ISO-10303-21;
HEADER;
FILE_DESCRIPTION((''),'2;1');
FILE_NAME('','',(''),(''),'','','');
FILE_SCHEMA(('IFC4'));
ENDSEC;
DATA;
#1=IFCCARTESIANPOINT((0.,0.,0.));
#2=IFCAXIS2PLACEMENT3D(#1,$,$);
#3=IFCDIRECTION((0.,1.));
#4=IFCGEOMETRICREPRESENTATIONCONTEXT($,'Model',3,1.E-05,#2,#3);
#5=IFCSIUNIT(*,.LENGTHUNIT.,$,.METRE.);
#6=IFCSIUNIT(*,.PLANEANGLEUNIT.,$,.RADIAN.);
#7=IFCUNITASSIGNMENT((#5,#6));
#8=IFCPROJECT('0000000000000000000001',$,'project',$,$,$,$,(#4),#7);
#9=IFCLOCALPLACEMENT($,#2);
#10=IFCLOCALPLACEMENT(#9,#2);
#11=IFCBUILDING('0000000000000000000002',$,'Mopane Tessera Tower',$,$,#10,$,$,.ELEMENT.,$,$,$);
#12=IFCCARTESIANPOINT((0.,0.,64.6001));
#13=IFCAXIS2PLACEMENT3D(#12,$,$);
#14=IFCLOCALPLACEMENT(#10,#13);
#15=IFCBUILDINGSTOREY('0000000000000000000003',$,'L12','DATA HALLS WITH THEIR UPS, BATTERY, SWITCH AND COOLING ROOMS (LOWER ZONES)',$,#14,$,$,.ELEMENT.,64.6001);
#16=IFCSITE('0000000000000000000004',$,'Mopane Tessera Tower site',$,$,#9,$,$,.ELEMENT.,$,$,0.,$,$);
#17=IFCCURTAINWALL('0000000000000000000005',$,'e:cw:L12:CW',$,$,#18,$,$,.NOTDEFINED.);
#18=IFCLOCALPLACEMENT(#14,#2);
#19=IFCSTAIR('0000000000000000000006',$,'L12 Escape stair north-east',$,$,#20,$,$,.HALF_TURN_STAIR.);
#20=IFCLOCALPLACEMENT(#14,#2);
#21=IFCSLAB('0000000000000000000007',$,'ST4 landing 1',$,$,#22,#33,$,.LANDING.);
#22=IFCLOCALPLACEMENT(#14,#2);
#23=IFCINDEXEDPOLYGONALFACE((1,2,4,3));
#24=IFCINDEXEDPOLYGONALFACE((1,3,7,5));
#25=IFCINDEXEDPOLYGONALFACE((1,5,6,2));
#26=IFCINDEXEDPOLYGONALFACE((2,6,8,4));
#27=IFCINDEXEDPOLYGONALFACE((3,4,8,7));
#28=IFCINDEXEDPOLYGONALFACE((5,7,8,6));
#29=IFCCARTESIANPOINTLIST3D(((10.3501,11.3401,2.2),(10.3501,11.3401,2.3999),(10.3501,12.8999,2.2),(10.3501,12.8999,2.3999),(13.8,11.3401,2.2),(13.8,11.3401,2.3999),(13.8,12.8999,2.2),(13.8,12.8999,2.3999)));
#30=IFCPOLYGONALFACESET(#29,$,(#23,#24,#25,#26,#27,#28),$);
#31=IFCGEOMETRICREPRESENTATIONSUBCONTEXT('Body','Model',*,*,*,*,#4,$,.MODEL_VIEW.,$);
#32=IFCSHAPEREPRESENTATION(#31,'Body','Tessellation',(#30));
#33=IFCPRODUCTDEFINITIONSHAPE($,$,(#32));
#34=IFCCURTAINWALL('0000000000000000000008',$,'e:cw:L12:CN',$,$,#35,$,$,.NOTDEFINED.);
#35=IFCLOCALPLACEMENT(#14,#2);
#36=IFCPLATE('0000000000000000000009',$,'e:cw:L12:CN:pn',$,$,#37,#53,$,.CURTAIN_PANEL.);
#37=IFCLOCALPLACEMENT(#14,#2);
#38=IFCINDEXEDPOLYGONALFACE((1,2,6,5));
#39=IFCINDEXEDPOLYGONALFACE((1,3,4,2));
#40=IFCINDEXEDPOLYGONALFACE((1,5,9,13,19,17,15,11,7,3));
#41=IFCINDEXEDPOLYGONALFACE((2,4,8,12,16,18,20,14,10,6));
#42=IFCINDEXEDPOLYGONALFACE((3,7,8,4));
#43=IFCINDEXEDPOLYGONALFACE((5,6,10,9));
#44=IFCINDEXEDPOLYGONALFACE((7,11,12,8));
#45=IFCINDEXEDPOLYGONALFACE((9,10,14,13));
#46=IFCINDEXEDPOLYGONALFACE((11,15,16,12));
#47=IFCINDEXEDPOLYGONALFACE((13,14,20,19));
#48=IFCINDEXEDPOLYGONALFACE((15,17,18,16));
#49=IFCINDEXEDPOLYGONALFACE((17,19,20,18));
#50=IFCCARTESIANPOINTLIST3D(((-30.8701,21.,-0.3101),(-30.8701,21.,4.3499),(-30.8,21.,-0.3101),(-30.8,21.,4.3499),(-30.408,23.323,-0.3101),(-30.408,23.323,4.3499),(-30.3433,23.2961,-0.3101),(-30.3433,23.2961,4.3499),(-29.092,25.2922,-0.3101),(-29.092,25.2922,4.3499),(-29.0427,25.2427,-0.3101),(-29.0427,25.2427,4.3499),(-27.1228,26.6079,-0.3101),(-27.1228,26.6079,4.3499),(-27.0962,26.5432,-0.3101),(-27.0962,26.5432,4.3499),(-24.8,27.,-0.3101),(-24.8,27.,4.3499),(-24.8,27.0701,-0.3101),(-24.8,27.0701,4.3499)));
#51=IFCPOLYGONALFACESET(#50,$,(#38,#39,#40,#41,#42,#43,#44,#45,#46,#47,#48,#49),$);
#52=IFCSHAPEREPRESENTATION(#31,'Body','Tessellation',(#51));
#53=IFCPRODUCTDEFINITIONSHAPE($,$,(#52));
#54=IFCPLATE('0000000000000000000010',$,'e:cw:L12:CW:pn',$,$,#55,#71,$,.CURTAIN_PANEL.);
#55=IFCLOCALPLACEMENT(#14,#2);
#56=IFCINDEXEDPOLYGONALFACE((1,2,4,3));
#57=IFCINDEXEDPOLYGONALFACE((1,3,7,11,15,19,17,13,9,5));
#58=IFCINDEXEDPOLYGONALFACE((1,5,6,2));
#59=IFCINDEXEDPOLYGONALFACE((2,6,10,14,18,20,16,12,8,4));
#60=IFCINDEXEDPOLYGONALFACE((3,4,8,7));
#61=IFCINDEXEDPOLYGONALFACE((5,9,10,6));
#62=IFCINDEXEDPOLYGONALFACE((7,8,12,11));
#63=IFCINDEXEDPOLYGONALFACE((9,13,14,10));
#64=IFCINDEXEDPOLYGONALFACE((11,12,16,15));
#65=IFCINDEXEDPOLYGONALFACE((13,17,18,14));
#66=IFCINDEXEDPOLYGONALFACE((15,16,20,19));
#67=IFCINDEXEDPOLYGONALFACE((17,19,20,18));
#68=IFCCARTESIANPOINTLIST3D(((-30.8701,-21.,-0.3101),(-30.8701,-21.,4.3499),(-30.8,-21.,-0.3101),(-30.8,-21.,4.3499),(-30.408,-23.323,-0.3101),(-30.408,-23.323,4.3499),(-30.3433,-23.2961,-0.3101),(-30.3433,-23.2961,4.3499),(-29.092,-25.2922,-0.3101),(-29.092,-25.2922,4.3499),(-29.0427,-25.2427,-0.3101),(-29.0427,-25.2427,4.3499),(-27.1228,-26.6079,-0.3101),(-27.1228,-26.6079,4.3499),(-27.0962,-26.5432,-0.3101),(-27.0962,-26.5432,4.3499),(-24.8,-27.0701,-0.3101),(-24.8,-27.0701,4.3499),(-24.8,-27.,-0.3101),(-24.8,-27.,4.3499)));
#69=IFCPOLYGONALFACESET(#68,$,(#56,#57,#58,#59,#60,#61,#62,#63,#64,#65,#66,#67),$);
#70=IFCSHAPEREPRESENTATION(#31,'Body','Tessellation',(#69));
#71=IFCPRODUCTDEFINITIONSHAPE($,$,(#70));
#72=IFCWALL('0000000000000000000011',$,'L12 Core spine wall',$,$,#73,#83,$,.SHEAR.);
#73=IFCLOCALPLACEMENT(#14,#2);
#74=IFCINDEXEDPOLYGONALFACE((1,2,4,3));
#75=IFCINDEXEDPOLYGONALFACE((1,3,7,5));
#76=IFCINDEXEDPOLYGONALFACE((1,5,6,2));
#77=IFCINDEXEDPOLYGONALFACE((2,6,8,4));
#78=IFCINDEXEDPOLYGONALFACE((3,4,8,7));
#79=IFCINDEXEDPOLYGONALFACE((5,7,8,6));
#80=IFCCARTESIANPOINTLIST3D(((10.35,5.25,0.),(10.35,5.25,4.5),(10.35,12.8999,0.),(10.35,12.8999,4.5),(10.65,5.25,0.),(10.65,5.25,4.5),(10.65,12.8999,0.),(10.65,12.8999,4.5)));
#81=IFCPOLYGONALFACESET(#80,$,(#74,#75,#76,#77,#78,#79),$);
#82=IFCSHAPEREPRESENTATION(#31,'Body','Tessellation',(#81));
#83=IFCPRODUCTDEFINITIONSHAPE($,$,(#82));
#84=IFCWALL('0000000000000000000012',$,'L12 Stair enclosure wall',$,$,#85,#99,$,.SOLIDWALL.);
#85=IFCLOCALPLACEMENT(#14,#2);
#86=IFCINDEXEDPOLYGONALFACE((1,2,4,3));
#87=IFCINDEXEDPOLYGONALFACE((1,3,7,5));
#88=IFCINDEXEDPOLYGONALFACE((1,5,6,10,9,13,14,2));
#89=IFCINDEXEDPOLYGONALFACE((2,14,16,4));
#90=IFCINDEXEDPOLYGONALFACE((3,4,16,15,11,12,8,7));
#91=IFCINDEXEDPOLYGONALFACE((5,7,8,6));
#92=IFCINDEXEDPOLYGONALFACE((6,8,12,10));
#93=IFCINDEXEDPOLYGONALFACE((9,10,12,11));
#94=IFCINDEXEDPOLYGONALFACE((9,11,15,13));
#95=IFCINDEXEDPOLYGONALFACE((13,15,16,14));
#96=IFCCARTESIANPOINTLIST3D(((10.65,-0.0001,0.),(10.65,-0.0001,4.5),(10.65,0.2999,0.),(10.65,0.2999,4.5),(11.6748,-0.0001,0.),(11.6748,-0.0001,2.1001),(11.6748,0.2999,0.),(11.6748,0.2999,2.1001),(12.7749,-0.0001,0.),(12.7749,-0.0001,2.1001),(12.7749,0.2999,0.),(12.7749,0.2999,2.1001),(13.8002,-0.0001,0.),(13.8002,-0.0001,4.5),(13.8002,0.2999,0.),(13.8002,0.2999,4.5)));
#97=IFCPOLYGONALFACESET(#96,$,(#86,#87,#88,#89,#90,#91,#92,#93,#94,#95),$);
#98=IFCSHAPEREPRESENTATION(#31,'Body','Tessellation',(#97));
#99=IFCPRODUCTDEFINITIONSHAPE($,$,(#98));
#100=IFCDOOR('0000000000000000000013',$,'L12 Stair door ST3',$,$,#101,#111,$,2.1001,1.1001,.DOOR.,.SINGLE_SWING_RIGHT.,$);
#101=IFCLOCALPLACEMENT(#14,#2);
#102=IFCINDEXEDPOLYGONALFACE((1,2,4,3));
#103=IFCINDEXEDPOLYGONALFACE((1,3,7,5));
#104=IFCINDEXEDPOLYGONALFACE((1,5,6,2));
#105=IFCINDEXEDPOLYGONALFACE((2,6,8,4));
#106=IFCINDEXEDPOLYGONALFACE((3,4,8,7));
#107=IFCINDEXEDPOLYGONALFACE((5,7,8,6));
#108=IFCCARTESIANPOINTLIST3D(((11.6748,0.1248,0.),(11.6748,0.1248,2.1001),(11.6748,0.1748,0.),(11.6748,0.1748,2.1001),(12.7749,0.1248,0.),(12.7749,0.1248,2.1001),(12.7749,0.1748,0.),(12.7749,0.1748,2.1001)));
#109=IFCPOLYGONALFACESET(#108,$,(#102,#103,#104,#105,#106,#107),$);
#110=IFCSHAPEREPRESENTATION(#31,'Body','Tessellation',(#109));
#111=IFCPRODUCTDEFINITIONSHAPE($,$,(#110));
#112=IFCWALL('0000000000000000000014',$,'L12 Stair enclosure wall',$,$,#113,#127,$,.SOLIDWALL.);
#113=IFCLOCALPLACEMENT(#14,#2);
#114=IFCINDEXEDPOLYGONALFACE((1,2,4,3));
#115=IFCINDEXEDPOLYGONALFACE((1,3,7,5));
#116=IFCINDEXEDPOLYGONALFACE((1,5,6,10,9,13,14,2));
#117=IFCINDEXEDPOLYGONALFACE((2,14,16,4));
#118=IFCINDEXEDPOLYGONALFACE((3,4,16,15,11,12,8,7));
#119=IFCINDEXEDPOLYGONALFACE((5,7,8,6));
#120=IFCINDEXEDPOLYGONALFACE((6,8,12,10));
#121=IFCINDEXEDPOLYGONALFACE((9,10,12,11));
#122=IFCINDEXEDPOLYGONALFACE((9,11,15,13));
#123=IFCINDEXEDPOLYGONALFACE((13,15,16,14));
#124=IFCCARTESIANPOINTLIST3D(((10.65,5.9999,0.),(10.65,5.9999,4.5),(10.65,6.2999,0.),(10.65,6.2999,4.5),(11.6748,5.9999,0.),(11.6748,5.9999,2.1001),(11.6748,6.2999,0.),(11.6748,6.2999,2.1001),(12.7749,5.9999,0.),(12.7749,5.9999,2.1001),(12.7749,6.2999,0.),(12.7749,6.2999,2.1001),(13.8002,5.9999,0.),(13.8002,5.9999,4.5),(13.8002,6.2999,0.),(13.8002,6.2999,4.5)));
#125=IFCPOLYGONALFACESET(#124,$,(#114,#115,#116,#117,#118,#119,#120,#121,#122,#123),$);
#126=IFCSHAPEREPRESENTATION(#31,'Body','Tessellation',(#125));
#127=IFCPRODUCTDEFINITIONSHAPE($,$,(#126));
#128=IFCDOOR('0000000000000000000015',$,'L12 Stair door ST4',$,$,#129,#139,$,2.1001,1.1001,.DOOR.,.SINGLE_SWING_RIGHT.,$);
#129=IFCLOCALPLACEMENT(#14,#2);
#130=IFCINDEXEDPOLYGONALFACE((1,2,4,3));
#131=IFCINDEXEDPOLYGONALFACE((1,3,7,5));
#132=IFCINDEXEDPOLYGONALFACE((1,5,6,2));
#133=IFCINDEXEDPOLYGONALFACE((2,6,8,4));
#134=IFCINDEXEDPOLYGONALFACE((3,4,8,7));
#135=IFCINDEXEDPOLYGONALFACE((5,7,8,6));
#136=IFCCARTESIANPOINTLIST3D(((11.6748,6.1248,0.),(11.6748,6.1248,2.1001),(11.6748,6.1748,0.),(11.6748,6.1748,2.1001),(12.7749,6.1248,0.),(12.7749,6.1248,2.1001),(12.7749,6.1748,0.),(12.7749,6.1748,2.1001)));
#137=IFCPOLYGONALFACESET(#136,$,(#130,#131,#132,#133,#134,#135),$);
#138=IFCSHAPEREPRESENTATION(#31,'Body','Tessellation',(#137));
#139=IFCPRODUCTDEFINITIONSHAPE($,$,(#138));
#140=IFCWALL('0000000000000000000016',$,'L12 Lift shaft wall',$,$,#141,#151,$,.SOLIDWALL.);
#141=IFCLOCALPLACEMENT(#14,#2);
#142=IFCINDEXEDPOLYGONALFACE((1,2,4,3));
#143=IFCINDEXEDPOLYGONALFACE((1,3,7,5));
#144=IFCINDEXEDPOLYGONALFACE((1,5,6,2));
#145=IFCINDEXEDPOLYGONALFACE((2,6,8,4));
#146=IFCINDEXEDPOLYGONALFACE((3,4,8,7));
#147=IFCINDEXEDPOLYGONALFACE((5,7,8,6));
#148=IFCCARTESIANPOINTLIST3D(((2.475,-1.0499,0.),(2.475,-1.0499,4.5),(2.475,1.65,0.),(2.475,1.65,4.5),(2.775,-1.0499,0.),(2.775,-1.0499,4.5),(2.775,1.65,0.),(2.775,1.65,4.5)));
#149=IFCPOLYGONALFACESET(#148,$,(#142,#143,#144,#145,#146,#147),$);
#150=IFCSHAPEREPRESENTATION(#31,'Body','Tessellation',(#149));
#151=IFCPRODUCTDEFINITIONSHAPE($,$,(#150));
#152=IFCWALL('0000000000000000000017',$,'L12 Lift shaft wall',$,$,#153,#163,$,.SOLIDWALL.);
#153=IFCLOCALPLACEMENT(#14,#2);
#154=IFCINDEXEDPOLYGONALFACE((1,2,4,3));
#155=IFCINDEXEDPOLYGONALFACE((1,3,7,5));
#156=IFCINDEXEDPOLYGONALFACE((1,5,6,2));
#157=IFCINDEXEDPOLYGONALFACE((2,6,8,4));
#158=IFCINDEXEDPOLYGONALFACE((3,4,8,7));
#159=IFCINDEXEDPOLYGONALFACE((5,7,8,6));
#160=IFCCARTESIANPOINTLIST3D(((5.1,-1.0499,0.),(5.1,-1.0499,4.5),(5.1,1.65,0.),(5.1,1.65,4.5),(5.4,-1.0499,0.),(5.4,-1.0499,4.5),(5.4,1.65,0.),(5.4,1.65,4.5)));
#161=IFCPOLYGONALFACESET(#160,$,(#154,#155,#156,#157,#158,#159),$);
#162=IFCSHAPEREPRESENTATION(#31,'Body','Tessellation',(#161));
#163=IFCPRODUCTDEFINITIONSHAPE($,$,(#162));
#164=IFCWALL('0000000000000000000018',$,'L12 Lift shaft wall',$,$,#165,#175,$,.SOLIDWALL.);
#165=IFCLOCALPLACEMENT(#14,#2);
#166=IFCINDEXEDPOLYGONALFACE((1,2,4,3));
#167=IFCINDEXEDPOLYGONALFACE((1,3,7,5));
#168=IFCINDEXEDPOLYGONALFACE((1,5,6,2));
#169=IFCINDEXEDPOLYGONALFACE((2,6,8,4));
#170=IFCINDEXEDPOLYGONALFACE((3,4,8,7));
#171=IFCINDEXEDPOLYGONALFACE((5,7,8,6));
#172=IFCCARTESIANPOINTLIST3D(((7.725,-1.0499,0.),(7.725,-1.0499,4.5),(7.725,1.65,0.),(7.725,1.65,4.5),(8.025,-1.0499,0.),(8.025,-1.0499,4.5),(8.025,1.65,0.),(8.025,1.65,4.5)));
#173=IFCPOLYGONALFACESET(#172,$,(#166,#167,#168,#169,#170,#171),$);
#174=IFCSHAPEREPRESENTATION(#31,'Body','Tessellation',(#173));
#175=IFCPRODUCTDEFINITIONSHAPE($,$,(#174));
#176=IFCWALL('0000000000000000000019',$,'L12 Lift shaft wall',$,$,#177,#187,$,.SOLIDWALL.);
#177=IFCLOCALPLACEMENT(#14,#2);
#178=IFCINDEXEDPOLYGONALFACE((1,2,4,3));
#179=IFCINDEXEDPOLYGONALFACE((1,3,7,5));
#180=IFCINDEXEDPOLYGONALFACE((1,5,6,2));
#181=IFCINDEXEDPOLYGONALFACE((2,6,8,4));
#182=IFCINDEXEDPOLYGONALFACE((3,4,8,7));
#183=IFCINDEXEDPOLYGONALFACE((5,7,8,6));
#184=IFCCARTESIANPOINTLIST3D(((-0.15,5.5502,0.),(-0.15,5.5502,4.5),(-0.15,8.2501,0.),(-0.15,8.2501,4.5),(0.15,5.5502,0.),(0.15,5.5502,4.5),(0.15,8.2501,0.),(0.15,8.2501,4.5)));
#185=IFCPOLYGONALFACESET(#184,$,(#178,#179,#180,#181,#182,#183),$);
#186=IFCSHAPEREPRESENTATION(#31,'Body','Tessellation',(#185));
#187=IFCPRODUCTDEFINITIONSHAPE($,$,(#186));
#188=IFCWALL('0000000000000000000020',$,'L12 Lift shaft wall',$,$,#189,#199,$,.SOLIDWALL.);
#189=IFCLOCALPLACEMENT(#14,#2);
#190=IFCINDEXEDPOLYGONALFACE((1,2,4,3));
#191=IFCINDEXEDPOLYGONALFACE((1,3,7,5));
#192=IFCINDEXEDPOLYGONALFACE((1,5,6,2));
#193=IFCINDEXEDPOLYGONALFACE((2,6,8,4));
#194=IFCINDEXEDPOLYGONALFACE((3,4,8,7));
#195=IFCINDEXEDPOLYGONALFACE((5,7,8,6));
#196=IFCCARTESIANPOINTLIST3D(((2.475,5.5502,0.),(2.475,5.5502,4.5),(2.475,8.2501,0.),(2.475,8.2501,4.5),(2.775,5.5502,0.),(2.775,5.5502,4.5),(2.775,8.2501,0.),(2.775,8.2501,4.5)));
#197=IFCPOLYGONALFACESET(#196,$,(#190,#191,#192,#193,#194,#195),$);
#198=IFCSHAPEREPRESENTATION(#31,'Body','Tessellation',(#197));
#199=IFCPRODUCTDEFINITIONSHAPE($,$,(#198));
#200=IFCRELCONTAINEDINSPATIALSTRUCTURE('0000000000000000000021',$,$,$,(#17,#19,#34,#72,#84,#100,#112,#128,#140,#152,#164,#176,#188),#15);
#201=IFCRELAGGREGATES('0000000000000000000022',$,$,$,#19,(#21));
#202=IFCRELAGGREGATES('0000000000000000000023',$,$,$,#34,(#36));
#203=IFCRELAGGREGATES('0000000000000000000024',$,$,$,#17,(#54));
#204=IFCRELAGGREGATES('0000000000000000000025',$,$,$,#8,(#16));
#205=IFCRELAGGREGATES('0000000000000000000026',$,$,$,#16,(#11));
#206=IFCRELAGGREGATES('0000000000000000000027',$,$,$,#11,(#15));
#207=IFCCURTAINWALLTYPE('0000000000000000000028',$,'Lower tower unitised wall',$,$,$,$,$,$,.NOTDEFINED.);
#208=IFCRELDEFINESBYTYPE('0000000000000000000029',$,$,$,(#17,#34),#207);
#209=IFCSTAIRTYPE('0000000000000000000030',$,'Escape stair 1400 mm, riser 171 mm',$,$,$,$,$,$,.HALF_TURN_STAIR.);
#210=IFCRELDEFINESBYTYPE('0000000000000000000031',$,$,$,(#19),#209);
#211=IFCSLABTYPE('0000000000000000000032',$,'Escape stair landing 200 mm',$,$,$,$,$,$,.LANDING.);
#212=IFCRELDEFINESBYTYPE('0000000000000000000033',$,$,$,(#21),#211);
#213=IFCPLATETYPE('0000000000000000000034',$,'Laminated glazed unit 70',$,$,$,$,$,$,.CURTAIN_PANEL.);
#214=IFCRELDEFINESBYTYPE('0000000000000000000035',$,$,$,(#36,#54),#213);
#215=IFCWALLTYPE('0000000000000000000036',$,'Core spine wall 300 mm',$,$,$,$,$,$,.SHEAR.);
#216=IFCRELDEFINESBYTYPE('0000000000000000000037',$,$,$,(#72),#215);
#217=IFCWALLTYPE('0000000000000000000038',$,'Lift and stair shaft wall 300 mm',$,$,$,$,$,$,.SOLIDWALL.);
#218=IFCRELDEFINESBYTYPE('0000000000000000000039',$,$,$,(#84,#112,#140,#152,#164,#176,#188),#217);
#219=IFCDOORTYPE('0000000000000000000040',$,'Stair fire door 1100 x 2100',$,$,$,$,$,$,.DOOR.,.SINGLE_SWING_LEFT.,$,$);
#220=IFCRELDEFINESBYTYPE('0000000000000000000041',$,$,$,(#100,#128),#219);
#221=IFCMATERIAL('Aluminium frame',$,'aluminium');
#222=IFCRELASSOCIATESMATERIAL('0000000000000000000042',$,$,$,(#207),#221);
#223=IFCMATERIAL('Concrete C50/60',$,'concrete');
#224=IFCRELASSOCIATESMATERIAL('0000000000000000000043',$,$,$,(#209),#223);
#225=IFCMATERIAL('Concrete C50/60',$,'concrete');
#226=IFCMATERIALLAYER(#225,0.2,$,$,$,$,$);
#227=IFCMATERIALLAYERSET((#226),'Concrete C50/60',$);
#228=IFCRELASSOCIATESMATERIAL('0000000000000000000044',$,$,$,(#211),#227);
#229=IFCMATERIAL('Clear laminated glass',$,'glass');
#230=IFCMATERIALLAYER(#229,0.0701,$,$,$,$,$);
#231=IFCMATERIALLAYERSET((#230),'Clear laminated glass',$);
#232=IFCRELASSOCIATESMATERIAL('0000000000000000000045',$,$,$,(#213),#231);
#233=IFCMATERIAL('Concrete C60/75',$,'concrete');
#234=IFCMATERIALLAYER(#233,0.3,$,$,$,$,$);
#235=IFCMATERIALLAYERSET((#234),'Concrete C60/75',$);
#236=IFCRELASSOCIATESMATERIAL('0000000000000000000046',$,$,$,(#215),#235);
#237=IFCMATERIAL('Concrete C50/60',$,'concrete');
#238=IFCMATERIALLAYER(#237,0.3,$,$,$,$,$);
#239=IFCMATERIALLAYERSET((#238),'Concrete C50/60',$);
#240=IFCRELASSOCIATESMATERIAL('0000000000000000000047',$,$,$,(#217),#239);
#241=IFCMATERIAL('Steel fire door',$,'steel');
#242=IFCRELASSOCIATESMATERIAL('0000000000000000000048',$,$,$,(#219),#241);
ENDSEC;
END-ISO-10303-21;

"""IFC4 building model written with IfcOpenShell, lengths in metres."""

from ifc_helpers import new_model, si_unit, direction, frame, frame_2d, origin, place, context, subcontext, project, spatial, polyline, rectangle, outline, extrude, material, layer, layer_set, type_object, element, fill, aggregate, save


model = new_model("IFC4")

# Units and contexts
model_context = context("Model", 3, precision=1e-05, world=origin(), true_north=direction((0.0, 1.0)))
body_context = subcontext(model_context, "Body", "Model", "MODEL_VIEW")
ifc_project = project(units=[si_unit("LENGTHUNIT", "METRE"), si_unit("PLANEANGLEUNIT", "RADIAN")], contexts=[model_context])

# Site, building, storey
site_placement = place(None, origin())
site = spatial("IfcSite", under=ifc_project, at=site_placement, Name="Mopane Tessera Tower site", CompositionType="ELEMENT", RefElevation=0.0)
building_placement = place(site_placement, origin())
building = spatial("IfcBuilding", under=site, at=building_placement, Name="Mopane Tessera Tower", CompositionType="ELEMENT")
storey_placement = place(building_placement, frame((0.0, 0.0, 64.6001)))
storey = spatial("IfcBuildingStorey", under=building, at=storey_placement, Name="L12", Description="DATA HALLS WITH THEIR UPS, BATTERY, SWITCH AND COOLING ROOMS (LOWER ZONES)", CompositionType="ELEMENT", Elevation=64.6001)

# Curtain wall
ifc_material_1 = material(Name="Aluminium frame", Category="aluminium")
curtain_wall_type = type_object("IfcCurtainWallType", Name="Lower tower unitised wall", PredefinedType="NOTDEFINED", material=ifc_material_1)
curtain_wall_1_placement = place(storey_placement, origin())
curtain_wall_1 = element("IfcCurtainWall", 1, at=curtain_wall_1_placement, inside=storey, type_object=curtain_wall_type, Name="e:cw:L12:CW", PredefinedType="NOTDEFINED")

# Stair, slab
ifc_material_2 = material(Name="Concrete C50/60", Category="concrete")
stair_type = type_object("IfcStairType", Name="Escape stair 1400 mm, riser 171 mm", PredefinedType="HALF_TURN_STAIR", material=ifc_material_2)
ifc_material_3 = material(Name="Concrete C50/60", Category="concrete")
ifc_layer_1 = layer(ifc_material_3, 0.2)
ifc_layer_set_1 = layer_set([ifc_layer_1], Name="Concrete C50/60")
slab_type_1 = type_object("IfcSlabType", Name="Escape stair landing 200 mm", PredefinedType="LANDING", material=ifc_layer_set_1)
stair_1_placement = place(storey_placement, origin())
stair_1 = element("IfcStair", 2, at=stair_1_placement, inside=storey, type_object=stair_type, Name="L12 Escape stair north-east", PredefinedType="HALF_TURN_STAIR")
slab_1_placement = place(storey_placement, frame((0.0, 0.0, 2.2)))
slab_1 = element("IfcSlab", 3, at=slab_1_placement, type_object=slab_type_1, Name="ST4 landing 1", PredefinedType="LANDING", context=body_context, shape_type="SweptSolid", body=[
    extrude(outline(polyline([(13.8, 11.3401), (13.8, 12.8999), (10.3501, 12.8999), (10.3501, 11.3401), (13.8, 11.3401)])), origin(), (0.0, 0.0, 1.0), 0.2),
])
aggregate(stair_1, [slab_1])

# Curtain wall, plate
curtain_wall_2_placement = place(storey_placement, origin())
curtain_wall_2 = element("IfcCurtainWall", 4, at=curtain_wall_2_placement, inside=storey, type_object=curtain_wall_type, Name="e:cw:L12:CN", PredefinedType="NOTDEFINED")
ifc_material_4 = material(Name="Clear laminated glass", Category="glass")
ifc_layer_2 = layer(ifc_material_4, 0.0701)
ifc_layer_set_2 = layer_set([ifc_layer_2], Name="Clear laminated glass")
plate_type = type_object("IfcPlateType", Name="Laminated glazed unit 70", PredefinedType="CURTAIN_PANEL", material=ifc_layer_set_2)
plate_1_placement = place(storey_placement, frame((0.0, 0.0, -0.3101)))
plate_1 = element("IfcPlate", 5, at=plate_1_placement, type_object=plate_type, Name="e:cw:L12:CN:pn", PredefinedType="CURTAIN_PANEL", context=body_context, shape_type="SweptSolid", body=[
    extrude(outline(polyline([(-24.8, 27.0), (-27.0962, 26.5432), (-29.0427, 25.2427), (-30.3433, 23.2961), (-30.8, 21.0), (-30.8701, 21.0), (-30.408, 23.323), (-29.092, 25.2922), (-27.1228, 26.6079), (-24.8, 27.0701), (-24.8, 27.0)])), origin(), (0.0, 0.0, 1.0), 4.6599),
])
aggregate(curtain_wall_2, [plate_1])

# Plate
plate_2_placement = place(storey_placement, frame((0.0, 0.0, -0.3101)))
plate_2 = element("IfcPlate", 6, at=plate_2_placement, type_object=plate_type, Name="e:cw:L12:CW:pn", PredefinedType="CURTAIN_PANEL", context=body_context, shape_type="SweptSolid", body=[
    extrude(outline(polyline([(-30.8, -21.0), (-30.3433, -23.2961), (-29.0427, -25.2427), (-27.0962, -26.5432), (-24.8, -27.0), (-24.8, -27.0701), (-27.1228, -26.6079), (-29.092, -25.2922), (-30.408, -23.323), (-30.8701, -21.0), (-30.8, -21.0)])), origin(), (0.0, 0.0, 1.0), 4.6599),
])
aggregate(curtain_wall_1, [plate_2])

# Wall
ifc_material_5 = material(Name="Concrete C60/75", Category="concrete")
ifc_layer_3 = layer(ifc_material_5, 0.3)
ifc_layer_set_3 = layer_set([ifc_layer_3], Name="Concrete C60/75")
wall_type_1 = type_object("IfcWallType", Name="Core spine wall 300 mm", PredefinedType="SHEAR", material=ifc_layer_set_3)
wall_1_placement = place(storey_placement, frame((10.5, 5.25, 0.0), z_axis=(0.0, 0.0, 1.0), x_axis=(0.0, 1.0, 0.0)))
element("IfcWall", 7, at=wall_1_placement, inside=storey, type_object=wall_type_1, Name="L12 Core spine wall", PredefinedType="SHEAR", context=body_context, shape_type="SweptSolid", body=[
    extrude(rectangle(XDim=7.6499, YDim=0.3, at=frame_2d((3.825, 0.0))), origin(), (0.0, 0.0, 1.0), 4.5),
])

# Walls, openings, doors
ifc_material_6 = material(Name="Concrete C50/60", Category="concrete")
ifc_layer_4 = layer(ifc_material_6, 0.3)
ifc_layer_set_4 = layer_set([ifc_layer_4], Name="Concrete C50/60")
wall_type_2 = type_object("IfcWallType", Name="Lift and stair shaft wall 300 mm", PredefinedType="SOLIDWALL", material=ifc_layer_set_4)
wall_2_placement = place(storey_placement, frame((10.6499, 0.1499, 0.0), z_axis=(0.0, 0.0, 1.0), x_axis=(1.0, 0.0, 0.0)))
wall_2 = element("IfcWall", 8, at=wall_2_placement, inside=storey, type_object=wall_type_2, Name="L12 Stair enclosure wall", PredefinedType="SOLIDWALL", context=body_context, shape_type="SweptSolid", body=[
    extrude(rectangle(XDim=3.1501, YDim=0.3, at=frame_2d((1.5752, 0.0))), origin(), (0.0, 0.0, 1.0), 4.5),
])
opening_1_placement = place(wall_2_placement, frame((1.0249, 0.0, 0.0)))
opening_1 = element("IfcOpeningElement", 9, at=opening_1_placement, cuts=wall_2, PredefinedType="OPENING", context=body_context, shape_type="SweptSolid", body=[
    extrude(rectangle(XDim=1.1001, YDim=2.1001, at=frame_2d((0.55, 1.05))), frame((0.0, 0.1621, 0.0), z_axis=(0.0, -1.0, 0.0), x_axis=(1.0, 0.0, 0.0)), (0.0, 0.0, 1.0), 0.324),
])
ifc_material_7 = material(Name="Steel fire door", Category="steel")
door_type = type_object("IfcDoorType", Name="Stair fire door 1100 x 2100", OperationType="SINGLE_SWING_LEFT", PredefinedType="DOOR", material=ifc_material_7)
door_1_placement = place(opening_1_placement, origin())
door_1 = element("IfcDoor", 10, at=door_1_placement, inside=storey, type_object=door_type, Name="L12 Stair door ST3", OperationType="SINGLE_SWING_RIGHT", OverallHeight=2.1001, OverallWidth=1.1001, PredefinedType="DOOR", context=body_context, shape_type="SweptSolid", body=[
    extrude(rectangle(XDim=1.1001, YDim=2.1001, at=frame_2d((0.55, 1.05))), frame((0.0, 0.0249, 0.0), z_axis=(0.0, -1.0, 0.0), x_axis=(1.0, 0.0, 0.0)), (0.0, 0.0, 1.0), 0.05),
])
fill(opening_1, door_1)
wall_3_placement = place(storey_placement, frame((10.6499, 6.1499, 0.0), z_axis=(0.0, 0.0, 1.0), x_axis=(1.0, 0.0, 0.0)))
wall_3 = element("IfcWall", 11, at=wall_3_placement, inside=storey, type_object=wall_type_2, Name="L12 Stair enclosure wall", PredefinedType="SOLIDWALL", context=body_context, shape_type="SweptSolid", body=[
    extrude(rectangle(XDim=3.1501, YDim=0.3, at=frame_2d((1.5752, 0.0))), origin(), (0.0, 0.0, 1.0), 4.5),
])
opening_2_placement = place(wall_3_placement, frame((1.0249, 0.0, 0.0)))
opening_2 = element("IfcOpeningElement", 12, at=opening_2_placement, cuts=wall_3, PredefinedType="OPENING", context=body_context, shape_type="SweptSolid", body=[
    extrude(rectangle(XDim=1.1001, YDim=2.1001, at=frame_2d((0.55, 1.05))), frame((0.0, 0.1621, 0.0), z_axis=(0.0, -1.0, 0.0), x_axis=(1.0, 0.0, 0.0)), (0.0, 0.0, 1.0), 0.324),
])
door_2_placement = place(opening_2_placement, origin())
door_2 = element("IfcDoor", 13, at=door_2_placement, inside=storey, type_object=door_type, Name="L12 Stair door ST4", OperationType="SINGLE_SWING_RIGHT", OverallHeight=2.1001, OverallWidth=1.1001, PredefinedType="DOOR", context=body_context, shape_type="SweptSolid", body=[
    extrude(rectangle(XDim=1.1001, YDim=2.1001, at=frame_2d((0.55, 1.05))), frame((0.0, 0.0249, 0.0), z_axis=(0.0, -1.0, 0.0), x_axis=(1.0, 0.0, 0.0)), (0.0, 0.0, 1.0), 0.05),
])
fill(opening_2, door_2)

# Walls
for number, where, z_axis, x_axis, name in (
    (14, (2.625, -1.05, 0.0), (0.0, 0.0, 1.0), (0.0, 1.0, 0.0), "L12 Lift shaft wall"),
    (15, (5.25, -1.05, 0.0), (0.0, 0.0, 1.0), (0.0, 1.0, 0.0), "L12 Lift shaft wall"),
    (16, (7.875, -1.05, 0.0), (0.0, 0.0, 1.0), (0.0, 1.0, 0.0), "L12 Lift shaft wall"),
    (17, (0.0, 5.55, 0.0), (0.0, 0.0, 1.0), (0.0, 1.0, 0.0), "L12 Lift shaft wall"),
    (18, (2.625, 5.55, 0.0), (0.0, 0.0, 1.0), (0.0, 1.0, 0.0), "L12 Lift shaft wall"),
):
    element("IfcWall", number, at=place(storey_placement, frame(where, z_axis=z_axis, x_axis=x_axis)), inside=storey, type_object=wall_type_2, Name=name, PredefinedType="SOLIDWALL", context=body_context, shape_type="SweptSolid", body=[
        extrude(rectangle(XDim=2.7, YDim=0.3, at=frame_2d((1.3501, 0.0))), origin(), (0.0, 0.0, 1.0), 4.5),
    ])

save(model, "model.ifc")
